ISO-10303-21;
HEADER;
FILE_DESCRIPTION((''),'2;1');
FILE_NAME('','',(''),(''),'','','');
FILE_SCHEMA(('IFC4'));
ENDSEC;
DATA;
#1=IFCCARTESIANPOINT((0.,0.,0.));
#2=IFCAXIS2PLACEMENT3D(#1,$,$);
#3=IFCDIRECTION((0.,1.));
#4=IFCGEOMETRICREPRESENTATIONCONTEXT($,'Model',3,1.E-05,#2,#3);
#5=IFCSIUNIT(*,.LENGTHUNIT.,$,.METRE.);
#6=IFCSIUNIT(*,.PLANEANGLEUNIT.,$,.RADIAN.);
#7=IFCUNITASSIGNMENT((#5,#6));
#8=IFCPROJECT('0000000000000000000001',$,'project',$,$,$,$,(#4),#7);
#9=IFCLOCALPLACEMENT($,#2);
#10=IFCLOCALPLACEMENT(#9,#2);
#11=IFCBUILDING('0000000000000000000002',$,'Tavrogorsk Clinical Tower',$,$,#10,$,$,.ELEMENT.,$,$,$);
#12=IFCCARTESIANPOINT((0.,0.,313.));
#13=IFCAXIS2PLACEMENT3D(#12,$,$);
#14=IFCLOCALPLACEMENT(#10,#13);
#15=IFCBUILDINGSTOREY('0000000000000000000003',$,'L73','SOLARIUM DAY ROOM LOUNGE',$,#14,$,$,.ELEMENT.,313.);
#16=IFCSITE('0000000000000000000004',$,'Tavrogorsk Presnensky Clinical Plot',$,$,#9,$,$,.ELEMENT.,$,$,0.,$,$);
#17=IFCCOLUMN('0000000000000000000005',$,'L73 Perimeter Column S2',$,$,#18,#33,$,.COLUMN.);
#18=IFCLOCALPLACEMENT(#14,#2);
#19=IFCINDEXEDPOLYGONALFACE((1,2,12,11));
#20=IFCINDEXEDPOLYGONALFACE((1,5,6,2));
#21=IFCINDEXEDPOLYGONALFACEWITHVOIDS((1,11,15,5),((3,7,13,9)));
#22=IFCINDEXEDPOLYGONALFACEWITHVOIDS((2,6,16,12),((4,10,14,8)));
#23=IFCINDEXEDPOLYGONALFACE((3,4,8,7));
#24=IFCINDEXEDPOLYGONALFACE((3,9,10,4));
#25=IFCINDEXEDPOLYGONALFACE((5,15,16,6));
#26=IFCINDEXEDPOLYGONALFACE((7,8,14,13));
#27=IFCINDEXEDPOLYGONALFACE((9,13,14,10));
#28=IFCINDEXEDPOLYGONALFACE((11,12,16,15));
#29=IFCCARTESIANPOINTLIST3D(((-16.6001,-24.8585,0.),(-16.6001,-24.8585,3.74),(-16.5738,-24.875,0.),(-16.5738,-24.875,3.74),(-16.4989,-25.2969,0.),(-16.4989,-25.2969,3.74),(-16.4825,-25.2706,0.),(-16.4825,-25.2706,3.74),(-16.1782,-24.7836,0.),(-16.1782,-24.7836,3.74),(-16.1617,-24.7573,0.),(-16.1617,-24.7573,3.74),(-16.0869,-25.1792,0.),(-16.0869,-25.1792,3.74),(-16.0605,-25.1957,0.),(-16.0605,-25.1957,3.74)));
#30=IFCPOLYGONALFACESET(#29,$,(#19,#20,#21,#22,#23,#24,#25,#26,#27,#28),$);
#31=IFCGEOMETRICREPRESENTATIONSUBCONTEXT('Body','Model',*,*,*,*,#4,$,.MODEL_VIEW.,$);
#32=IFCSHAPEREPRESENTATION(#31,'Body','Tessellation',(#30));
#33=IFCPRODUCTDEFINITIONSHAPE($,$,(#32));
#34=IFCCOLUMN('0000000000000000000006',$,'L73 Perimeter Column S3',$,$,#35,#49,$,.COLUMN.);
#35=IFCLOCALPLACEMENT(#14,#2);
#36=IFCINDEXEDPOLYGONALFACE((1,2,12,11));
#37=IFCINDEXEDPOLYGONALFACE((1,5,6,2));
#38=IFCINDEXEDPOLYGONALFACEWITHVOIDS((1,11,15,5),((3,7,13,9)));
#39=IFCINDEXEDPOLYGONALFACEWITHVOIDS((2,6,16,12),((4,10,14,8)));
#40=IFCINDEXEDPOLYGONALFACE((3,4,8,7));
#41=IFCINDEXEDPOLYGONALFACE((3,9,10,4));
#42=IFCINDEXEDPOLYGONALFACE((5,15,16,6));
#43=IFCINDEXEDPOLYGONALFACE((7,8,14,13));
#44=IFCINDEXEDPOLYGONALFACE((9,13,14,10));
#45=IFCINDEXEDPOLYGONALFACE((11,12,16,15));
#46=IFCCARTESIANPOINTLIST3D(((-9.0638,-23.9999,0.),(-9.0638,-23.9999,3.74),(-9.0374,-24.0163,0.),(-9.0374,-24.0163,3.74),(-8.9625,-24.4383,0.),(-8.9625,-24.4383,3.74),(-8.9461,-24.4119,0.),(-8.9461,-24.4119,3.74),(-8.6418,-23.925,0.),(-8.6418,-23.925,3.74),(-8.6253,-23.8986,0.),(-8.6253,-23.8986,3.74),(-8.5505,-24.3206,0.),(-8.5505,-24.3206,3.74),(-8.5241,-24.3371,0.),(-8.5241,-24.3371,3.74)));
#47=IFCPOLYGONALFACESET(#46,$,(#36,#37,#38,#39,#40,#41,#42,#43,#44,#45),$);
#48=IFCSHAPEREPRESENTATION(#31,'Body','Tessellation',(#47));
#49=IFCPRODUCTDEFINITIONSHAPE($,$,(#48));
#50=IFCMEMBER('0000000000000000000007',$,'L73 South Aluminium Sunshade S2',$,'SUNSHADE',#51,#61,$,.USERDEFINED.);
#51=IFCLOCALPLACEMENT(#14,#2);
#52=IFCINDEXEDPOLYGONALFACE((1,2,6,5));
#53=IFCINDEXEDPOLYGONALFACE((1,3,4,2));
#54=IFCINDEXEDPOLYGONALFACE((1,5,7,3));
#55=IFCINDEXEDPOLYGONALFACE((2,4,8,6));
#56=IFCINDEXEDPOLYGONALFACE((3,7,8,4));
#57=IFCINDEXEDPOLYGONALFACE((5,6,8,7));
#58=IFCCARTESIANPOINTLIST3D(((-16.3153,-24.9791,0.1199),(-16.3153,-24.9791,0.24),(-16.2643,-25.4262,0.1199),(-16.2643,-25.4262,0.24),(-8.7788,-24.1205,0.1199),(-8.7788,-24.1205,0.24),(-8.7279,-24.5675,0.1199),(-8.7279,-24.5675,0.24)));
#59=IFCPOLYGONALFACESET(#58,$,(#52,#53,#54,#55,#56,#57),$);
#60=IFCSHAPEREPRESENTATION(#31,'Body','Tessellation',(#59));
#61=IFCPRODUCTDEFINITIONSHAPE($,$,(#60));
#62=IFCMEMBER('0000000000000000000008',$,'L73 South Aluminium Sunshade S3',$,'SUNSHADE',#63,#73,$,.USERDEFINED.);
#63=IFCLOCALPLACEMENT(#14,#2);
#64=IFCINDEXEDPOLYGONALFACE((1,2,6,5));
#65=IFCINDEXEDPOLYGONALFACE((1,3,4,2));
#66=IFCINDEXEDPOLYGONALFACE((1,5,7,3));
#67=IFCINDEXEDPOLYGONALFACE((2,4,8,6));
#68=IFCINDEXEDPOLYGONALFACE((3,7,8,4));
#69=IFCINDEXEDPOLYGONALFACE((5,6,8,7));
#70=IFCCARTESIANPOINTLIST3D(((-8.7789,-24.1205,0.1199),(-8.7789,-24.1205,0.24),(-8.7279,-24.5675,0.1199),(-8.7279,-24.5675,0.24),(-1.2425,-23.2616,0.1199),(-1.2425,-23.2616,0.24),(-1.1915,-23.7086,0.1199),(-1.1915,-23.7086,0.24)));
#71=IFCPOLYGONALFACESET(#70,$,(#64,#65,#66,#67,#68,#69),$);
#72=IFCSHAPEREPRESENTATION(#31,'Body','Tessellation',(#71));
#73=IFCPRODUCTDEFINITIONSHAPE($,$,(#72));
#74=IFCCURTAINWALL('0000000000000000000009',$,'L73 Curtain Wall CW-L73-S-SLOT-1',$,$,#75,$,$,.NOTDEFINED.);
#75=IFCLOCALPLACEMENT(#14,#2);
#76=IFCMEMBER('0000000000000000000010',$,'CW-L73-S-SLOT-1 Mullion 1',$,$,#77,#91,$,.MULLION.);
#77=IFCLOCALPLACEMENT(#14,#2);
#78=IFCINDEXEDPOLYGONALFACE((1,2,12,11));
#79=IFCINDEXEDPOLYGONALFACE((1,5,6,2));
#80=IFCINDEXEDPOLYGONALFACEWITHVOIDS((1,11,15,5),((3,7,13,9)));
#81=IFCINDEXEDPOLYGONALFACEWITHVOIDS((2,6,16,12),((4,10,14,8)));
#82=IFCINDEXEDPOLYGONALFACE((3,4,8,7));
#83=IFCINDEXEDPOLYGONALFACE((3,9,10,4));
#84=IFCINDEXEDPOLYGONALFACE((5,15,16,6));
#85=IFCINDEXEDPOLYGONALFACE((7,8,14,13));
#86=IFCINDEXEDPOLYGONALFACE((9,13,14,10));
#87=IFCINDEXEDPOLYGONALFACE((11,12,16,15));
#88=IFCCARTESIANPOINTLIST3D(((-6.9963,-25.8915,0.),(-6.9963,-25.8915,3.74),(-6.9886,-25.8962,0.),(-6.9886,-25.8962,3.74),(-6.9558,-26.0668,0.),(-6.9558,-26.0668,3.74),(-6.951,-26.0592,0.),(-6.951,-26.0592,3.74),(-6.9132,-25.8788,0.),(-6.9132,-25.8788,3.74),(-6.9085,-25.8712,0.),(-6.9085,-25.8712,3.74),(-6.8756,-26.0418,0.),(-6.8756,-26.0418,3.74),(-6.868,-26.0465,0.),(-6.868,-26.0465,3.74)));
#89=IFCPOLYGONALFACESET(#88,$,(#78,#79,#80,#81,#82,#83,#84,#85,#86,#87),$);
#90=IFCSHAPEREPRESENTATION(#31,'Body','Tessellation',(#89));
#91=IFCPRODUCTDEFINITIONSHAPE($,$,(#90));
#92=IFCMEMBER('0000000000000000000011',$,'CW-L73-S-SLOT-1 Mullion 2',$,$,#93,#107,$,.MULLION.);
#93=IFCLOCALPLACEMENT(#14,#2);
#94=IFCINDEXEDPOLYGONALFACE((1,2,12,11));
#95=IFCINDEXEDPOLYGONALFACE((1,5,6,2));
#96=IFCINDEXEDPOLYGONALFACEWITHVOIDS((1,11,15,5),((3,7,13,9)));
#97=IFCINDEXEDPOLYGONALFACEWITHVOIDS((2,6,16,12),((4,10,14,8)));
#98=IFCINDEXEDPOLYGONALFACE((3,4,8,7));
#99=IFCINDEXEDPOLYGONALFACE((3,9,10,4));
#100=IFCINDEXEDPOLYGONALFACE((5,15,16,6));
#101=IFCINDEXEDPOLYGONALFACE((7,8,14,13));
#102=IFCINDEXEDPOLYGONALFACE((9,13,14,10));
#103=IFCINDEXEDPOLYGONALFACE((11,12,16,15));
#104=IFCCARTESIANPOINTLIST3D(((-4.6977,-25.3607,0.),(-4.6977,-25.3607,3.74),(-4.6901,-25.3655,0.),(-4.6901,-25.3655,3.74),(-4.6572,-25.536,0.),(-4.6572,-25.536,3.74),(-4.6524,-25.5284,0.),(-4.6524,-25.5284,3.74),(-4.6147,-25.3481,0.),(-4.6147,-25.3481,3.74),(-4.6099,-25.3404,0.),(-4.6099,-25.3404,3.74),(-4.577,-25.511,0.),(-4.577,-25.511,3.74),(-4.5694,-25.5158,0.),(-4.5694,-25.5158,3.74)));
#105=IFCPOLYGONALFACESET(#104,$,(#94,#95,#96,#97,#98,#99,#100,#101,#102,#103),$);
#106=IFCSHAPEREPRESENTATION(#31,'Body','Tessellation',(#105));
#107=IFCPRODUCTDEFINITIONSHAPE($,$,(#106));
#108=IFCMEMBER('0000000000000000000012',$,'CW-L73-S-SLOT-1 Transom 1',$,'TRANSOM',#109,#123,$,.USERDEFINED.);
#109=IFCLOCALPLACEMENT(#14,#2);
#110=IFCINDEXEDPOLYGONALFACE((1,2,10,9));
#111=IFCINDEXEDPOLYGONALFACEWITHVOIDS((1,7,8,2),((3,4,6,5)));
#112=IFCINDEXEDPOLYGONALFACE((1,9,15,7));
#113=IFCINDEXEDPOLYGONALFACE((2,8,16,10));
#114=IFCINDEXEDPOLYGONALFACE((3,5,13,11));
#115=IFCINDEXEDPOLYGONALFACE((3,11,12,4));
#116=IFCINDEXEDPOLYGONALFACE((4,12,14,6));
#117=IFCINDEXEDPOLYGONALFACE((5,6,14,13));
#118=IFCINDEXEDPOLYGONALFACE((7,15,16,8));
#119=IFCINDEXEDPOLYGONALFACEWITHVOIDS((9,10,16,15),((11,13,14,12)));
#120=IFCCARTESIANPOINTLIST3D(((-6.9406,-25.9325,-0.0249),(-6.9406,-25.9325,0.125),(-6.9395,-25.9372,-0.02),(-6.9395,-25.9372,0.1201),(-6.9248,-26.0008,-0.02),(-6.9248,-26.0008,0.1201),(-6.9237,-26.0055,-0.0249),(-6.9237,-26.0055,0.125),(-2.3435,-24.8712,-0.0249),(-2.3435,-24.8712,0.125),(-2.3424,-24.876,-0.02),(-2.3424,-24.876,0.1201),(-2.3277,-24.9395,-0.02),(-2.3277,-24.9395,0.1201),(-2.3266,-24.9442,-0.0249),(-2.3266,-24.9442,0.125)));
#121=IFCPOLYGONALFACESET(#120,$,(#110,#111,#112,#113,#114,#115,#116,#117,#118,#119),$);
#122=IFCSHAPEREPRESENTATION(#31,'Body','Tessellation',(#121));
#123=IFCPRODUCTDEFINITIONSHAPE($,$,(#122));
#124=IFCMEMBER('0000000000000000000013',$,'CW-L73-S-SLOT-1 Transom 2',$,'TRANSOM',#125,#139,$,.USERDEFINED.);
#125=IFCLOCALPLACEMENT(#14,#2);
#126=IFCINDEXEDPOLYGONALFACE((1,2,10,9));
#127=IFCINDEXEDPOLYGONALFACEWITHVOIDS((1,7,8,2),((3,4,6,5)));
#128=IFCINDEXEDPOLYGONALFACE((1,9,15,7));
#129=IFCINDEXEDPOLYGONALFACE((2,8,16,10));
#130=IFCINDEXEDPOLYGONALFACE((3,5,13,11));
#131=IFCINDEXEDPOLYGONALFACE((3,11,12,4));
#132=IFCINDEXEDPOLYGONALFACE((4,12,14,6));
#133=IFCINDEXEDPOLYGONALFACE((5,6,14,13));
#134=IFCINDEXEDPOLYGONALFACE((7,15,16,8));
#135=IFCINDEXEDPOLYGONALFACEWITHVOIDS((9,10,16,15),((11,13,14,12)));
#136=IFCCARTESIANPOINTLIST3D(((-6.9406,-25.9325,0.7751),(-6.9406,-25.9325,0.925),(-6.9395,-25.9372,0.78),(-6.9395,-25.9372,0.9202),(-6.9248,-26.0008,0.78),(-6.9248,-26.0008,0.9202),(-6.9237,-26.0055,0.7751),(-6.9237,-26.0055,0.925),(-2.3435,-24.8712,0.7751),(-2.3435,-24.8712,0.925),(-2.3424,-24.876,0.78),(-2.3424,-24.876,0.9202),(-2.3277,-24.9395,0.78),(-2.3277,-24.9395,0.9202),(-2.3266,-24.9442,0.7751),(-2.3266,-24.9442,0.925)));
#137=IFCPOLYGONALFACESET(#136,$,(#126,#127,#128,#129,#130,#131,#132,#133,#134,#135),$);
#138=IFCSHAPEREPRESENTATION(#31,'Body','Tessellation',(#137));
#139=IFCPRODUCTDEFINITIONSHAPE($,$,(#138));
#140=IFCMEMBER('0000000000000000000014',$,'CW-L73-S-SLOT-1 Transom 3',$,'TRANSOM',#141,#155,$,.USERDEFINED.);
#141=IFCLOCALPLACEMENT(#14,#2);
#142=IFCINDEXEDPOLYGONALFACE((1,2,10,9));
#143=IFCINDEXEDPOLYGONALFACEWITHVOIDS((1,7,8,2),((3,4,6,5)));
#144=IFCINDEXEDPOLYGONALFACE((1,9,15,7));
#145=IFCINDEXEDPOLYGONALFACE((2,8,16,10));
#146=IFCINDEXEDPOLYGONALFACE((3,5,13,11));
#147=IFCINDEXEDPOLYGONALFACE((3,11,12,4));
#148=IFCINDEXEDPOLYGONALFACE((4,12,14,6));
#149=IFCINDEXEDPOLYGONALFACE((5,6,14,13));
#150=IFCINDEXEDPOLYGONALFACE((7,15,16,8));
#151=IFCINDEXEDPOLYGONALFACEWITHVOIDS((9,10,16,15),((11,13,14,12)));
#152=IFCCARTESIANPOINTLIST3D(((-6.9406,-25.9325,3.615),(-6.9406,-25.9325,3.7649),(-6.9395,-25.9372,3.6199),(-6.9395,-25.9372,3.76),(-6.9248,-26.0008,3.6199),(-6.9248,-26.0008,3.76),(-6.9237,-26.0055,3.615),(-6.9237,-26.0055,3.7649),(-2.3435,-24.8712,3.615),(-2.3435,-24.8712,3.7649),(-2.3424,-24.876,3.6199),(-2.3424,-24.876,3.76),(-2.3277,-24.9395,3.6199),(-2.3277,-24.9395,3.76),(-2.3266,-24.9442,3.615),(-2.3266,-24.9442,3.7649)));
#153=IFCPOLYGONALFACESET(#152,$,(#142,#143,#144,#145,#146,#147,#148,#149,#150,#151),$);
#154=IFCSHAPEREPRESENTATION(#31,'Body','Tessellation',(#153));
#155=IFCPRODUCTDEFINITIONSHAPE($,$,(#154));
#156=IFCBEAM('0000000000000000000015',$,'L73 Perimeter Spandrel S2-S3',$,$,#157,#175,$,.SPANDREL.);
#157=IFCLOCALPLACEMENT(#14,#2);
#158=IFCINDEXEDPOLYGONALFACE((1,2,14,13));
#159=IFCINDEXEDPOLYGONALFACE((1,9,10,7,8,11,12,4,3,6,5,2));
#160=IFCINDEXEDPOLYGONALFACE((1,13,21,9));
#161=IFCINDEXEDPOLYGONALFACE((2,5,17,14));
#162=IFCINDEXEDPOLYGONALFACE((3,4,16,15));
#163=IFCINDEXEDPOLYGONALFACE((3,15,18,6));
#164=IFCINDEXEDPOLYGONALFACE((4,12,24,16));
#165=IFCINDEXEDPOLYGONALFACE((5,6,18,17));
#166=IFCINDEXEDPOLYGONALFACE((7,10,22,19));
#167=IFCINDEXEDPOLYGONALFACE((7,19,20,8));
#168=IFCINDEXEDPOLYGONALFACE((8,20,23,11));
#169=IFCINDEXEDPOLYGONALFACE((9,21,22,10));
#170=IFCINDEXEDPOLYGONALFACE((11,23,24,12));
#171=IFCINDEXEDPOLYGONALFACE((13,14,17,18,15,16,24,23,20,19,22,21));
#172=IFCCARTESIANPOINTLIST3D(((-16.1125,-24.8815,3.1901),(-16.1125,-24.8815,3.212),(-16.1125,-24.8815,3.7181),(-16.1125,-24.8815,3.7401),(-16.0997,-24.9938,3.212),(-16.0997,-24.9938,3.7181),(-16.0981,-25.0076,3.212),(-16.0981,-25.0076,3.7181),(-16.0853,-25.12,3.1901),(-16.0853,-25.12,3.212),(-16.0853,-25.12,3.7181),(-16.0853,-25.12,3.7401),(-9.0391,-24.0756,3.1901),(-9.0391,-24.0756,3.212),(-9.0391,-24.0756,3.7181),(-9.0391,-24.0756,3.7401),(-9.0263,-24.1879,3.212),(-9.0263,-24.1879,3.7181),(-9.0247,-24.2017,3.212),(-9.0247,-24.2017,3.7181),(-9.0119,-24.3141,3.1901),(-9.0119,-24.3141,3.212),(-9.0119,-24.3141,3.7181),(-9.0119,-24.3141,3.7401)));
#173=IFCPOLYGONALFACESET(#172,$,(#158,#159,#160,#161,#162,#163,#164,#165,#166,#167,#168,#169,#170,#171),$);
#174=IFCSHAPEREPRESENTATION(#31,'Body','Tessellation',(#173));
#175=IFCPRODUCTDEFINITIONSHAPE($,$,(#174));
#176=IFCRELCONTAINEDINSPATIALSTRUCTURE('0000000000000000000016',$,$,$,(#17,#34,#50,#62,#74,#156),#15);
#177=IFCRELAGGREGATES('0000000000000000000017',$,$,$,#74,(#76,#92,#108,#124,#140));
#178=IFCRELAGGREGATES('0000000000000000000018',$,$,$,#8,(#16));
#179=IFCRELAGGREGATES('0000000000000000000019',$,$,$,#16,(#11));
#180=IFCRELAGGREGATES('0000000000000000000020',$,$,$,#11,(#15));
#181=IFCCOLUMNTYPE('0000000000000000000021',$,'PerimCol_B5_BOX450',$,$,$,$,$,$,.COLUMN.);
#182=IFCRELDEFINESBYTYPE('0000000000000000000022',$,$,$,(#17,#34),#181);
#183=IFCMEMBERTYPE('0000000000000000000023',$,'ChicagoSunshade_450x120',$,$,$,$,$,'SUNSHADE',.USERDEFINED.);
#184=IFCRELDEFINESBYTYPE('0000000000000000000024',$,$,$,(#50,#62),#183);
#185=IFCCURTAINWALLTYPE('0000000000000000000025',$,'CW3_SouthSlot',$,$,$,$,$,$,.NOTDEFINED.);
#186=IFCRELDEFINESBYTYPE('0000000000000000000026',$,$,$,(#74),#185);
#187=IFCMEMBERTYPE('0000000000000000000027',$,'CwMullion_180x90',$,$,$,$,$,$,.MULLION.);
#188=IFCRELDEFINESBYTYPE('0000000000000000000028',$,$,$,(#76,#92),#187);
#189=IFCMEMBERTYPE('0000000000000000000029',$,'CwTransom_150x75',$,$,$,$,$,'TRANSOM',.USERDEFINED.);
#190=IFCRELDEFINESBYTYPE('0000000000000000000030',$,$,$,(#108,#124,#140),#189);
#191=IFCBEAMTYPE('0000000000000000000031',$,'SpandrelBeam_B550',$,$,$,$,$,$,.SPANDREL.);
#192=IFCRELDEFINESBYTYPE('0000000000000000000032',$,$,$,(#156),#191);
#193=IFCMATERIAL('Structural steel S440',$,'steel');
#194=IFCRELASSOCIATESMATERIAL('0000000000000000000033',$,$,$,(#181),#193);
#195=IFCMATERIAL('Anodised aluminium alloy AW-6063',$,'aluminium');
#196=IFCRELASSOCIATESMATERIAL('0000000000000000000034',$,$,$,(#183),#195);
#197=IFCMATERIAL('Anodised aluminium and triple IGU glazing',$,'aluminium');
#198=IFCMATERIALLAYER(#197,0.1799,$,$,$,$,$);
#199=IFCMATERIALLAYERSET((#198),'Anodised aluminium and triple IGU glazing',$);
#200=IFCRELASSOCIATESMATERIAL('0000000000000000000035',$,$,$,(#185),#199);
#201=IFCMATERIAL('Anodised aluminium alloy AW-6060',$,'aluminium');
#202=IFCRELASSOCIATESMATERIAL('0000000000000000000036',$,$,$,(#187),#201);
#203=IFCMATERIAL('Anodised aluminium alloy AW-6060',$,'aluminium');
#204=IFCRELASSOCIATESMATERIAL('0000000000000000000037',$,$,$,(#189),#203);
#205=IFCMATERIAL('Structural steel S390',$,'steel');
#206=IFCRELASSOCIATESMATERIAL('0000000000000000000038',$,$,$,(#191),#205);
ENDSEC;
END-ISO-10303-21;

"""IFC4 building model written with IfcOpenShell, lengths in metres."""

from ifc_helpers import new_model, si_unit, direction, frame, origin, origin_2d, place, context, subcontext, project, spatial, rectangle, hollow_rectangle, i_section, extrude, material, layer, layer_set, material_profile, profile_set, type_object, element, aggregate, save


model = new_model("IFC4")

# Units and contexts
model_context = context("Model", 3, precision=1e-05, world=origin(), true_north=direction((0.0, 1.0)))
body_context = subcontext(model_context, "Body", "Model", "MODEL_VIEW")
ifc_project = project(units=[si_unit("LENGTHUNIT", "METRE"), si_unit("PLANEANGLEUNIT", "RADIAN")], contexts=[model_context])

# Site, building, storey
site_placement = place(None, origin())
site = spatial("IfcSite", under=ifc_project, at=site_placement, Name="Tavrogorsk Presnensky Clinical Plot", CompositionType="ELEMENT", RefElevation=0.0)
building_placement = place(site_placement, origin())
building = spatial("IfcBuilding", under=site, at=building_placement, Name="Tavrogorsk Clinical Tower", CompositionType="ELEMENT")
storey_placement = place(building_placement, frame((0.0, 0.0, 313.0)))
storey = spatial("IfcBuildingStorey", under=building, at=storey_placement, Name="L73", Description="SOLARIUM DAY ROOM LOUNGE", CompositionType="ELEMENT", Elevation=313.0)

# Columns
ifc_material_1 = material(Name="Structural steel S440", Category="steel")
ifc_material_profile_1 = material_profile(ifc_material_1, hollow_rectangle(XDim=0.45, YDim=0.45, WallThickness=0.022, at=origin_2d()), Name="BOX-450x450x22")
ifc_profile_set_1 = profile_set([ifc_material_profile_1], Name="Structural steel S440")
column_type = type_object("IfcColumnType", Name="PerimCol_B5_BOX450", PredefinedType="COLUMN", material=ifc_profile_set_1)
for number, where, z_axis, x_axis, name in (
    (1, (-16.3303, -25.0271, 0.0), (0.0, 0.0, 1.0), (0.97437, 0.224951, 0.0), "L73 Perimeter Column S2"),
    (2, (-8.7939, -24.1685, 0.0), (0.0, 0.0, 1.0), (0.97437, 0.224951, 0.0), "L73 Perimeter Column S3"),
):
    element("IfcColumn", number, at=place(storey_placement, frame(where, z_axis=z_axis, x_axis=x_axis)), inside=storey, type_object=column_type, Name=name, PredefinedType="COLUMN", context=body_context, shape_type="SweptSolid", body=[
        extrude(hollow_rectangle(XDim=0.45, YDim=0.45, WallThickness=0.022, at=origin_2d()), origin(), (0.0, 0.0, 1.0), 3.74),
    ])

# Members
ifc_material_2 = material(Name="Anodised aluminium alloy AW-6063", Category="aluminium")
ifc_material_profile_2 = material_profile(ifc_material_2, rectangle(XDim=0.45, YDim=0.1201, at=origin_2d()), Name="ALU-SUNSHADE-450x120")
ifc_profile_set_2 = profile_set([ifc_material_profile_2], Name="Anodised aluminium alloy AW-6063")
member_type_1 = type_object("IfcMemberType", Name="ChicagoSunshade_450x120", ElementType="SUNSHADE", PredefinedType="USERDEFINED", material=ifc_profile_set_2)
for number, where, z_axis, x_axis, name in (
    (3, (-16.2898, -25.2026, 0.1799), (0.993572, 0.113201, 0.0), (-0.113201, 0.993572, 0.0), "L73 South Aluminium Sunshade S2"),
    (4, (-8.7534, -24.344, 0.1799), (0.993569, 0.113233, 0.0), (-0.113233, 0.993569, 0.0), "L73 South Aluminium Sunshade S3"),
):
    element("IfcMember", number, at=place(storey_placement, frame(where, z_axis=z_axis, x_axis=x_axis)), inside=storey, type_object=member_type_1, Name=name, ObjectType="SUNSHADE", PredefinedType="USERDEFINED", context=body_context, shape_type="SweptSolid", body=[
        extrude(rectangle(XDim=0.45, YDim=0.1201, at=origin_2d()), origin(), (0.0, 0.0, 1.0), 7.5852),
    ])

# Curtain wall, members
ifc_material_3 = material(Name="Anodised aluminium and triple IGU glazing", Category="aluminium")
ifc_layer_1 = layer(ifc_material_3, 0.1799)
ifc_layer_set_1 = layer_set([ifc_layer_1], Name="Anodised aluminium and triple IGU glazing")
curtain_wall_type = type_object("IfcCurtainWallType", Name="CW3_SouthSlot", PredefinedType="NOTDEFINED", material=ifc_layer_set_1)
curtain_wall_placement = place(storey_placement, origin())
curtain_wall = element("IfcCurtainWall", 5, at=curtain_wall_placement, inside=storey, type_object=curtain_wall_type, Name="L73 Curtain Wall CW-L73-S-SLOT-1", PredefinedType="NOTDEFINED")
ifc_material_4 = material(Name="Anodised aluminium alloy AW-6060", Category="aluminium")
ifc_material_profile_3 = material_profile(ifc_material_4, hollow_rectangle(XDim=0.0901, YDim=0.1799, WallThickness=0.0063, at=origin_2d()), Name="RHS-180x90x6.3")
ifc_profile_set_3 = profile_set([ifc_material_profile_3], Name="Anodised aluminium alloy AW-6060")
member_type_2 = type_object("IfcMemberType", Name="CwMullion_180x90", PredefinedType="MULLION", material=ifc_profile_set_3)
member_1_placement = place(storey_placement, frame((-6.9321, -25.969, 0.0), z_axis=(0.0, 0.0, 1.0), x_axis=(0.97437, 0.224951, 0.0)))
member_1 = element("IfcMember", 6, at=member_1_placement, type_object=member_type_2, Name="CW-L73-S-SLOT-1 Mullion 1", PredefinedType="MULLION", context=body_context, shape_type="SweptSolid", body=[
    extrude(hollow_rectangle(XDim=0.0901, YDim=0.1799, WallThickness=0.0063, at=origin_2d()), origin(), (0.0, 0.0, 1.0), 3.74),
])
member_2_placement = place(storey_placement, frame((-4.6335, -25.4382, 0.0), z_axis=(0.0, 0.0, 1.0), x_axis=(0.97437, 0.224951, 0.0)))
member_2 = element("IfcMember", 7, at=member_2_placement, type_object=member_type_2, Name="CW-L73-S-SLOT-1 Mullion 2", PredefinedType="MULLION", context=body_context, shape_type="SweptSolid", body=[
    extrude(hollow_rectangle(XDim=0.0901, YDim=0.1799, WallThickness=0.0063, at=origin_2d()), origin(), (0.0, 0.0, 1.0), 3.74),
])
ifc_material_5 = material(Name="Anodised aluminium alloy AW-6060", Category="aluminium")
ifc_material_profile_4 = material_profile(ifc_material_5, hollow_rectangle(XDim=0.075, YDim=0.1499, WallThickness=0.0049, at=origin_2d()), Name="RHS-150x75x5")
ifc_profile_set_4 = profile_set([ifc_material_profile_4], Name="Anodised aluminium alloy AW-6060")
member_type_3 = type_object("IfcMemberType", Name="CwTransom_150x75", ElementType="TRANSOM", PredefinedType="USERDEFINED", material=ifc_profile_set_4)
member_3_placement = place(storey_placement, frame((-6.9321, -25.969, 0.05), z_axis=(0.974373, 0.224939, 0.0), x_axis=(-0.224939, 0.974373, 0.0)))
member_3 = element("IfcMember", 8, at=member_3_placement, type_object=member_type_3, Name="CW-L73-S-SLOT-1 Transom 1", ObjectType="TRANSOM", PredefinedType="USERDEFINED", context=body_context, shape_type="SweptSolid", body=[
    extrude(hollow_rectangle(XDim=0.075, YDim=0.1499, WallThickness=0.0049, at=origin_2d()), origin(), (0.0, 0.0, 1.0), 4.718),
])
member_4_placement = place(storey_placement, frame((-6.9321, -25.969, 0.8501), z_axis=(0.974373, 0.224939, 0.0), x_axis=(-0.224939, 0.974373, 0.0)))
member_4 = element("IfcMember", 9, at=member_4_placement, type_object=member_type_3, Name="CW-L73-S-SLOT-1 Transom 2", ObjectType="TRANSOM", PredefinedType="USERDEFINED", context=body_context, shape_type="SweptSolid", body=[
    extrude(hollow_rectangle(XDim=0.075, YDim=0.1499, WallThickness=0.0049, at=origin_2d()), origin(), (0.0, 0.0, 1.0), 4.718),
])
member_5_placement = place(storey_placement, frame((-6.9321, -25.969, 3.6899), z_axis=(0.974373, 0.224939, 0.0), x_axis=(-0.224939, 0.974373, 0.0)))
member_5 = element("IfcMember", 10, at=member_5_placement, type_object=member_type_3, Name="CW-L73-S-SLOT-1 Transom 3", ObjectType="TRANSOM", PredefinedType="USERDEFINED", context=body_context, shape_type="SweptSolid", body=[
    extrude(hollow_rectangle(XDim=0.075, YDim=0.1499, WallThickness=0.0049, at=origin_2d()), origin(), (0.0, 0.0, 1.0), 4.718),
])

# Beam
ifc_material_6 = material(Name="Structural steel S390", Category="steel")
ifc_material_profile_5 = material_profile(ifc_material_6, i_section(OverallWidth=0.24, OverallDepth=0.55, WebThickness=0.0139, FlangeThickness=0.022, at=origin_2d()), Name="B-550x240x14x22")
ifc_profile_set_5 = profile_set([ifc_material_profile_5], Name="Structural steel S390")
beam_type = type_object("IfcBeamType", Name="SpandrelBeam_B550", PredefinedType="SPANDREL", material=ifc_profile_set_5)
for number, where, z_axis, x_axis, name in (
    (11, (-16.0989, -25.0007, 3.4651), (0.993572, 0.113201, 0.0), (-0.113201, 0.993572, 0.0), "L73 Perimeter Spandrel S2-S3"),
):
    element("IfcBeam", number, at=place(storey_placement, frame(where, z_axis=z_axis, x_axis=x_axis)), inside=storey, type_object=beam_type, Name=name, PredefinedType="SPANDREL", context=body_context, shape_type="SweptSolid", body=[
        extrude(i_section(OverallWidth=0.24, OverallDepth=0.55, WebThickness=0.0139, FlangeThickness=0.022, at=origin_2d()), origin(), (0.0, 0.0, 1.0), 7.1191),
    ])

aggregate(curtain_wall, [member_1, member_2, member_3, member_4, member_5])

save(model, "model.ifc")
